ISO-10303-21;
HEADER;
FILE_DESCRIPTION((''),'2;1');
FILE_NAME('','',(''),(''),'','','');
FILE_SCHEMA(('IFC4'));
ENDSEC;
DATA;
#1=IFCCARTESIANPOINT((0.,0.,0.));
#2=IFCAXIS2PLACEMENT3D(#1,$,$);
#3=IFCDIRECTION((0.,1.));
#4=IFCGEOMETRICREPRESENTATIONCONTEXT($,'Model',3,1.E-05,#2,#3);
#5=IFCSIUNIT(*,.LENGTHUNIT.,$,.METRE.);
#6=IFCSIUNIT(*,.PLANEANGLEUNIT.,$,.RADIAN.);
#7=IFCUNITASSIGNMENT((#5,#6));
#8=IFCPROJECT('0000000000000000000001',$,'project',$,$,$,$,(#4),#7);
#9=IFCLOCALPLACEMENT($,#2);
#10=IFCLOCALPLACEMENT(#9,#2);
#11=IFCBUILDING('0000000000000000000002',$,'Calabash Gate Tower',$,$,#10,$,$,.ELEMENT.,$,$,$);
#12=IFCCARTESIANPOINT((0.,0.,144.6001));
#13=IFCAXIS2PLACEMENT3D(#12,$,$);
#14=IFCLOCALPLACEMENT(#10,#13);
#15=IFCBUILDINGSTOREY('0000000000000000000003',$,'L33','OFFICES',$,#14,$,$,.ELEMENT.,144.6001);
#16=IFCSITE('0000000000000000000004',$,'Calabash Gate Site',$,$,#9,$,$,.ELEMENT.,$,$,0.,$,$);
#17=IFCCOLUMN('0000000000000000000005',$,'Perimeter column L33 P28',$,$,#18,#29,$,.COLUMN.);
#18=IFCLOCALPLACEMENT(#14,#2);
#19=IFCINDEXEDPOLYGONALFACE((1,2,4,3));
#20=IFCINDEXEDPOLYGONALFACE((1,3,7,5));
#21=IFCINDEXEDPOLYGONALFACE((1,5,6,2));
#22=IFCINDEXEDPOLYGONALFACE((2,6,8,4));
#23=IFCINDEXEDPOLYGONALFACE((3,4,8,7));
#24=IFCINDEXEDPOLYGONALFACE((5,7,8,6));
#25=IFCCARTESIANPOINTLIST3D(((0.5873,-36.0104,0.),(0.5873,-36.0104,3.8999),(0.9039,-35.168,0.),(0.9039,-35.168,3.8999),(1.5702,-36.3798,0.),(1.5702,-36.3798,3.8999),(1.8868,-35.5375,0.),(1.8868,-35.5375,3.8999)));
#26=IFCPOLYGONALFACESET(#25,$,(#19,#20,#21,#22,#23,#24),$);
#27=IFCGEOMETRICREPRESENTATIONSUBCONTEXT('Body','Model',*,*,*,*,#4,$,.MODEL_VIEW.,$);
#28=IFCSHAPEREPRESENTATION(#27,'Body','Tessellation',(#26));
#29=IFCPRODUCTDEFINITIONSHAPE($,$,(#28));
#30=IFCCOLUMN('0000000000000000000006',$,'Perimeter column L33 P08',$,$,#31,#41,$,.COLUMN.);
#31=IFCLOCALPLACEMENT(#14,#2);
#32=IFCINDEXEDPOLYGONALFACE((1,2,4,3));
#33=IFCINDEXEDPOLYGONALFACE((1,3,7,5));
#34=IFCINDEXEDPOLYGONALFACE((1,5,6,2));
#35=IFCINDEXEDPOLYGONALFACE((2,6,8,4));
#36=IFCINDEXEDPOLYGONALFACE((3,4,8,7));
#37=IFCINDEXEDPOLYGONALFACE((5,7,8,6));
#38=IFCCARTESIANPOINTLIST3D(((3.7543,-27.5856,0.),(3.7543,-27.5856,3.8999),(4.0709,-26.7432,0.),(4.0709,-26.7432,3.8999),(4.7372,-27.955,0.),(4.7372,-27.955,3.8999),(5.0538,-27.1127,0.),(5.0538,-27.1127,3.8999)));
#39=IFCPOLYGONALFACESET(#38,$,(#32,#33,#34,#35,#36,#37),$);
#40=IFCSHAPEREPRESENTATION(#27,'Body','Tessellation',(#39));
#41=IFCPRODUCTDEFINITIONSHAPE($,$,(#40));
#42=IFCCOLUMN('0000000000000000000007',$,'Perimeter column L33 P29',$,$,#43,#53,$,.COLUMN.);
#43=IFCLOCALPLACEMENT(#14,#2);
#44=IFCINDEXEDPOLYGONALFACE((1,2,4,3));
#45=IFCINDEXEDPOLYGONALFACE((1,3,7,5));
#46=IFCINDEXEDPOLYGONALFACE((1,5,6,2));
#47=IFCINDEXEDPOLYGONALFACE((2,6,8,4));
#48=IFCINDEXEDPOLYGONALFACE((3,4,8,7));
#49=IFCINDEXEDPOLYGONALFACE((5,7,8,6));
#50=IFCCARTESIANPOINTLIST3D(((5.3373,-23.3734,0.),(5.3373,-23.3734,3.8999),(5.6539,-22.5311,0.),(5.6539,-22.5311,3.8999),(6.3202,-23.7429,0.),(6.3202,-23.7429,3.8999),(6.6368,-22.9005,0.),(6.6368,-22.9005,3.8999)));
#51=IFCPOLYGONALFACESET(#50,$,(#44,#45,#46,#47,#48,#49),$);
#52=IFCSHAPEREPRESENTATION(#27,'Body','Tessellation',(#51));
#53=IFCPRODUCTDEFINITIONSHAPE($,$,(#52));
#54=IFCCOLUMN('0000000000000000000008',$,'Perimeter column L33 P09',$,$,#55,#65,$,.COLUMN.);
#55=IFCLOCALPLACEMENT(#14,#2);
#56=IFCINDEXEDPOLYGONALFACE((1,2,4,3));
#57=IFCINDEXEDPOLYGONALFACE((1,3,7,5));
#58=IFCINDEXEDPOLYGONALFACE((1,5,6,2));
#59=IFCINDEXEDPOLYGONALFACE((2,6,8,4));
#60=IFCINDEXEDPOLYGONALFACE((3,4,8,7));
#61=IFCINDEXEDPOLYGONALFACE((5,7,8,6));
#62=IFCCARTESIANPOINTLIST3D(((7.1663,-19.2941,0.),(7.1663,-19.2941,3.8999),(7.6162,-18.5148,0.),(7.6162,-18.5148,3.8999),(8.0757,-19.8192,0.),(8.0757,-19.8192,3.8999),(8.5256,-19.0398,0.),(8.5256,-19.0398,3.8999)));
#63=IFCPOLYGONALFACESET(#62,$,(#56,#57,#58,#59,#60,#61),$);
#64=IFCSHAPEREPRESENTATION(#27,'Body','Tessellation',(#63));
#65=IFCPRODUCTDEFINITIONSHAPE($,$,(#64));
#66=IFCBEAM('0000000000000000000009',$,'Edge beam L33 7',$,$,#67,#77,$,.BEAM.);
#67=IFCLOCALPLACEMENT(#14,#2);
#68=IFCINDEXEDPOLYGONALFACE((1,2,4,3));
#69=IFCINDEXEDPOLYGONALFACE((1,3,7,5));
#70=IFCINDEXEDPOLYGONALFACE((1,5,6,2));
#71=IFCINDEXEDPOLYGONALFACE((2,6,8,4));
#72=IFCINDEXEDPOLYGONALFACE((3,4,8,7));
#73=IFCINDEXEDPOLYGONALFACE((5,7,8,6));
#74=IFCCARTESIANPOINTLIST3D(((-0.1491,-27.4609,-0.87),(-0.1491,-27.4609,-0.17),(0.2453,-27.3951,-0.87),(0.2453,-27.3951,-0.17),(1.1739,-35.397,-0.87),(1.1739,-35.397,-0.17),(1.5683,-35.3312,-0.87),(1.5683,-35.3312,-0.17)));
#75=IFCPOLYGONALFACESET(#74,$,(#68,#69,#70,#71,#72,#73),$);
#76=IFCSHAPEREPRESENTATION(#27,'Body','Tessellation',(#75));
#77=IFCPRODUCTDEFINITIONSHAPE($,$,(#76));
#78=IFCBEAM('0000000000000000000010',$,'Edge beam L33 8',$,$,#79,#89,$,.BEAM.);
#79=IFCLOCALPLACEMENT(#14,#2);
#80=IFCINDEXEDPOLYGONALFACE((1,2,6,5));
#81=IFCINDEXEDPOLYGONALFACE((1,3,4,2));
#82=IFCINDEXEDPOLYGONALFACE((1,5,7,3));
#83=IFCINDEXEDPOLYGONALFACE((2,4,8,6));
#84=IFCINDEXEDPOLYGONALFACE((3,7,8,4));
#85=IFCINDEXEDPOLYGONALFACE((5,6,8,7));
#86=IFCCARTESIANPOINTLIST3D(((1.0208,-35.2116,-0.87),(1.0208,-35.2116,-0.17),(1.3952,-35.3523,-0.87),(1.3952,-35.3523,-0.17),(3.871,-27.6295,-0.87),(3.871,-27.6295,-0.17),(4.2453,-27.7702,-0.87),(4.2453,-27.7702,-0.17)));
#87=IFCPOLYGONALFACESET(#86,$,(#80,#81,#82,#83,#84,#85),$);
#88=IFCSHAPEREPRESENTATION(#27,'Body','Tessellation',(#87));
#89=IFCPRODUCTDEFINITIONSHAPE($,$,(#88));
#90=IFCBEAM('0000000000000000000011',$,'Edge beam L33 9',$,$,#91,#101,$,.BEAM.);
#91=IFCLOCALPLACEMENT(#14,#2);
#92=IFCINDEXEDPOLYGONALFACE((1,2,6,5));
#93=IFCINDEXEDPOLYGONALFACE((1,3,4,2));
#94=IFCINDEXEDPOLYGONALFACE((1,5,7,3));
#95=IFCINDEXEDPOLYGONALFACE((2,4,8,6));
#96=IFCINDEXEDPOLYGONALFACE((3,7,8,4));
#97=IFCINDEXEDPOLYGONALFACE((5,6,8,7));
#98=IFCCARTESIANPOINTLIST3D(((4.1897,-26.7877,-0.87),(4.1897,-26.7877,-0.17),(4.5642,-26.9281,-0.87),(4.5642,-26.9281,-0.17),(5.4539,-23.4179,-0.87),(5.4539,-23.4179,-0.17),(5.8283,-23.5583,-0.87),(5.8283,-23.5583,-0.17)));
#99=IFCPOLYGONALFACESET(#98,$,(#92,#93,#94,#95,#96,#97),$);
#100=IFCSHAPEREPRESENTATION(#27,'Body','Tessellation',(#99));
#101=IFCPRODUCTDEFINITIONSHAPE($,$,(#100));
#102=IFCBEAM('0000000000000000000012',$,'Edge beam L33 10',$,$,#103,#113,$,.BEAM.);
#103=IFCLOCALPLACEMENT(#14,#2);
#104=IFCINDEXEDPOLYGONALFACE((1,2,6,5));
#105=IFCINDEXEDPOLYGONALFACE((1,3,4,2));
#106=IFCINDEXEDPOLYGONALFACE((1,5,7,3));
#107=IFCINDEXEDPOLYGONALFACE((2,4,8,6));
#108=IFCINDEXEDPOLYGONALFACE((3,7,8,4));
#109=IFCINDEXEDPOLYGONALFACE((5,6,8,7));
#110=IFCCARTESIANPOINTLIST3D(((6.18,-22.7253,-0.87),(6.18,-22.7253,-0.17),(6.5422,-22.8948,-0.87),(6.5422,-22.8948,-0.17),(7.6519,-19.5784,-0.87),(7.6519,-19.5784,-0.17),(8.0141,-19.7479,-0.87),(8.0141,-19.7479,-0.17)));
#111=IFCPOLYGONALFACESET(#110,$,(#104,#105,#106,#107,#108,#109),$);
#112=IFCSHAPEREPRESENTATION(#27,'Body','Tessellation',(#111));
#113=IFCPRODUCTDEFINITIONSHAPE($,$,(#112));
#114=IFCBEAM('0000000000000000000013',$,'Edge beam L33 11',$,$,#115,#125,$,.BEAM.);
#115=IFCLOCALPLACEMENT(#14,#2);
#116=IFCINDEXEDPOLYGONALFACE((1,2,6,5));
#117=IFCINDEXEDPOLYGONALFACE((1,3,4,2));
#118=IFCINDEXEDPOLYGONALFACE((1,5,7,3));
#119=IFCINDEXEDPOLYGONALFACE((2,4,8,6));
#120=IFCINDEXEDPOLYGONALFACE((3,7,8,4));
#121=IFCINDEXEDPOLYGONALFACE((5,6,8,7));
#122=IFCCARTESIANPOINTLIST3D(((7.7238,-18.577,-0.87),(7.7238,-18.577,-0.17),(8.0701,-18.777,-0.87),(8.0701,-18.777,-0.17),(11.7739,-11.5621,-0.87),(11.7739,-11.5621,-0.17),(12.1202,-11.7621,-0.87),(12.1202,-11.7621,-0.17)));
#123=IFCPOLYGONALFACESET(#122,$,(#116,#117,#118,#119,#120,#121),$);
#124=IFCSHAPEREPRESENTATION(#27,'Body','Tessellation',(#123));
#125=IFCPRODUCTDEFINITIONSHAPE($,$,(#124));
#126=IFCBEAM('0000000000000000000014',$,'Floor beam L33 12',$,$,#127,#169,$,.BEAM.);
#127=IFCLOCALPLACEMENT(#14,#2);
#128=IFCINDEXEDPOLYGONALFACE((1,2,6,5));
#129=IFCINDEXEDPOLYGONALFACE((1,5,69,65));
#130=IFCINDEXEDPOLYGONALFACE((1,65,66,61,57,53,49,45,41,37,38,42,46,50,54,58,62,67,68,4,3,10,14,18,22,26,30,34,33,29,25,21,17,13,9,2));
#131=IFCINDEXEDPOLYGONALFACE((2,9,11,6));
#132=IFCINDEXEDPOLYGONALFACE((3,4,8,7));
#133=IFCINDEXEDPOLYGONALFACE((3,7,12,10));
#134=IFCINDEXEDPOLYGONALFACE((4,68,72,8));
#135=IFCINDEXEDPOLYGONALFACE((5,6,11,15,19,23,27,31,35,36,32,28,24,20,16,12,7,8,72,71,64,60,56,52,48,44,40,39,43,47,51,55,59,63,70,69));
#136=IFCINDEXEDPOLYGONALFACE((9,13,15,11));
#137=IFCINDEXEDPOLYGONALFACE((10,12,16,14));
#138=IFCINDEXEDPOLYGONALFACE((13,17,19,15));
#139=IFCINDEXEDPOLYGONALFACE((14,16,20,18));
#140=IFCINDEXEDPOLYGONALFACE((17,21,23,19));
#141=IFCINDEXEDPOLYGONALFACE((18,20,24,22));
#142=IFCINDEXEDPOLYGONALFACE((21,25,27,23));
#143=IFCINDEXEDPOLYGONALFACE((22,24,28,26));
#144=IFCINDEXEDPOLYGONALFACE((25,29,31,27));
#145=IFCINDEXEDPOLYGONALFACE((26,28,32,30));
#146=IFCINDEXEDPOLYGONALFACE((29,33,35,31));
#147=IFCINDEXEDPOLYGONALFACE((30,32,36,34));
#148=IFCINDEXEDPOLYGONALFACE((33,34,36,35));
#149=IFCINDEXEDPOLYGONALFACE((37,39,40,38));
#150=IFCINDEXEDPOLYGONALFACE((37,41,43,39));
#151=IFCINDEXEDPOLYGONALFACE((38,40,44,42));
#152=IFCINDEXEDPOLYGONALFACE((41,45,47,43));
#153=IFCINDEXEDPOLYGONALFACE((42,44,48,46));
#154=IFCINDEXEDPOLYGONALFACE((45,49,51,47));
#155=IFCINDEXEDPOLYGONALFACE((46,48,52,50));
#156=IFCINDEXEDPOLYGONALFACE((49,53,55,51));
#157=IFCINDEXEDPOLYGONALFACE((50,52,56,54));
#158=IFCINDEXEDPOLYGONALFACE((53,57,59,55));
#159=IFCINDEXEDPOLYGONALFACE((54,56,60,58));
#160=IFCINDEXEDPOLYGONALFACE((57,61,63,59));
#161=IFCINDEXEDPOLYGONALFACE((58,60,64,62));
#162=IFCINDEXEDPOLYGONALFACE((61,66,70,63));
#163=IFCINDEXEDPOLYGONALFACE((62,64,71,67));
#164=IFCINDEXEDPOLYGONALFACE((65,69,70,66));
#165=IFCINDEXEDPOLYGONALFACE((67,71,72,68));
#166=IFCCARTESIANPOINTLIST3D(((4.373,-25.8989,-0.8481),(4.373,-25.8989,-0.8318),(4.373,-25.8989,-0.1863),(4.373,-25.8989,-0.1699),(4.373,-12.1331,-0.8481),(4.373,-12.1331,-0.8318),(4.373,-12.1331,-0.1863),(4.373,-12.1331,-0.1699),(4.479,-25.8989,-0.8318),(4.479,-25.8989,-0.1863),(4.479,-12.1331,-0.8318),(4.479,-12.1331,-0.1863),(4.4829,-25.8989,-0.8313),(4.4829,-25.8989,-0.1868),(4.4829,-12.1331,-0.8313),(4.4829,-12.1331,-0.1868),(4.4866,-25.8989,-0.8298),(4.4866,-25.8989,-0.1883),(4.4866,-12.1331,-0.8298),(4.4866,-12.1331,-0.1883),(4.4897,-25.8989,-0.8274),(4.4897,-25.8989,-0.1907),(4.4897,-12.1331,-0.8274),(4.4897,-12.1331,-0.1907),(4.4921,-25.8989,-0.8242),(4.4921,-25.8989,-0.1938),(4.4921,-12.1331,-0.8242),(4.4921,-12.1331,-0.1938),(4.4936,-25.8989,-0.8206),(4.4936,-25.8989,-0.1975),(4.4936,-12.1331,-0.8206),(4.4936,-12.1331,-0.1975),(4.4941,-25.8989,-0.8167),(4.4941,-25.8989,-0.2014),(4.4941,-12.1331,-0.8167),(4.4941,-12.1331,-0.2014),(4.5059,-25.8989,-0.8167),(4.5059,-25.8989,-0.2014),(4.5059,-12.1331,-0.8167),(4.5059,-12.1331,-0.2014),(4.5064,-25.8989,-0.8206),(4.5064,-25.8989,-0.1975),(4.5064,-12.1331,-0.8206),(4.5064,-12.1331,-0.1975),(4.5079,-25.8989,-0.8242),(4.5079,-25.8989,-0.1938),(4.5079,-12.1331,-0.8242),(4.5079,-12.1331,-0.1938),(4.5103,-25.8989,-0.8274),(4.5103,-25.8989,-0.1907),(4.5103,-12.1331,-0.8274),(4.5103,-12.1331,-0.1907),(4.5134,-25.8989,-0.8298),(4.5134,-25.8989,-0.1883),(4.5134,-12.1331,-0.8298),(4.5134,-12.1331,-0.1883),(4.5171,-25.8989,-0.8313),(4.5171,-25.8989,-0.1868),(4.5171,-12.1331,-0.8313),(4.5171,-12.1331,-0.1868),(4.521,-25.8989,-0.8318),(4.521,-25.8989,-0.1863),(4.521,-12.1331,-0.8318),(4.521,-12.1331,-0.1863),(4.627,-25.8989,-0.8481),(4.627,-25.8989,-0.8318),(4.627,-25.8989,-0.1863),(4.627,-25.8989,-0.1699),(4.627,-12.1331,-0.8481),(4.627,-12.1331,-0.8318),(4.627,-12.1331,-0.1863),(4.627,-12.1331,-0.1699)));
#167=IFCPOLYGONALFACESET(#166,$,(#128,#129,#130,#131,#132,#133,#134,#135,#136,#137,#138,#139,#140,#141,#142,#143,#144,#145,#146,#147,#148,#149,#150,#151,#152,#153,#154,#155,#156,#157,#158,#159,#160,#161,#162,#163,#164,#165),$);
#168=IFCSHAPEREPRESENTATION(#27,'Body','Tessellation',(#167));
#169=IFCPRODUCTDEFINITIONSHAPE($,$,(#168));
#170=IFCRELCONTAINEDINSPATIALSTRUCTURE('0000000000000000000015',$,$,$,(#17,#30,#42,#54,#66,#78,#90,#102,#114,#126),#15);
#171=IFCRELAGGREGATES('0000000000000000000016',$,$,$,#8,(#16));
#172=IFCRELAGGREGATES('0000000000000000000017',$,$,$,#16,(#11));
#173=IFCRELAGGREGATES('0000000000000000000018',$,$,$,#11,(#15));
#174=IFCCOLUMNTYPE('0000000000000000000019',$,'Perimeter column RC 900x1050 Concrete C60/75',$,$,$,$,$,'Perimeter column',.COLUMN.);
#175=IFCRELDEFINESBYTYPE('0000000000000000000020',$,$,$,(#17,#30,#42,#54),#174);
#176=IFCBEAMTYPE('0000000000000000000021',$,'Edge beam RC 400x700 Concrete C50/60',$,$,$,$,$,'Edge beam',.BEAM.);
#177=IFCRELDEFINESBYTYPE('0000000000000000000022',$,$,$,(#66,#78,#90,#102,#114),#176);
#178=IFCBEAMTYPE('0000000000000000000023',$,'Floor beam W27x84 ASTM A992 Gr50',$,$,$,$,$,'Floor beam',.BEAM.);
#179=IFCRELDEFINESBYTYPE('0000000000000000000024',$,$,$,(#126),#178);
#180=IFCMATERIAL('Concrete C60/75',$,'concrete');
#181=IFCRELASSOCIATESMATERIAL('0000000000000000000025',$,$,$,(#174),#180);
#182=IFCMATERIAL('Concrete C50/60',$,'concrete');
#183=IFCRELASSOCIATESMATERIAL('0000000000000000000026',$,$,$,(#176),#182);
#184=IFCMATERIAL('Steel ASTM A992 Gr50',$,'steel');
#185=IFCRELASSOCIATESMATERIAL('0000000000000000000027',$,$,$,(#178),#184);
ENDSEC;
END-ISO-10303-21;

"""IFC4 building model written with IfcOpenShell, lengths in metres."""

from ifc_helpers import new_model, si_unit, direction, frame, origin, origin_2d, place, context, subcontext, project, spatial, rectangle, i_section, extrude, material, material_profile, profile_set, type_object, element, save


model = new_model("IFC4")

# Units and contexts
model_context = context("Model", 3, precision=1e-05, world=origin(), true_north=direction((0.0, 1.0)))
body_context = subcontext(model_context, "Body", "Model", "MODEL_VIEW")
ifc_project = project(units=[si_unit("LENGTHUNIT", "METRE"), si_unit("PLANEANGLEUNIT", "RADIAN")], contexts=[model_context])

# Site, building, storey
site_placement = place(None, origin())
site = spatial("IfcSite", under=ifc_project, at=site_placement, Name="Calabash Gate Site", CompositionType="ELEMENT", RefElevation=0.0)
building_placement = place(site_placement, origin())
building = spatial("IfcBuilding", under=site, at=building_placement, Name="Calabash Gate Tower", CompositionType="ELEMENT")
storey_placement = place(building_placement, frame((0.0, 0.0, 144.6001)))
storey = spatial("IfcBuildingStorey", under=building, at=storey_placement, Name="L33", Description="OFFICES", CompositionType="ELEMENT", Elevation=144.6001)

# Columns
ifc_material_1 = material(Name="Concrete C60/75", Category="concrete")
ifc_material_profile_1 = material_profile(ifc_material_1, rectangle(XDim=0.8999, YDim=1.05, at=origin_2d()))
ifc_profile_set_1 = profile_set([ifc_material_profile_1], Name="Concrete C60/75")
column_type = type_object("IfcColumnType", Name="Perimeter column RC 900x1050 Concrete C60/75", ElementType="Perimeter column", PredefinedType="COLUMN", material=ifc_profile_set_1)
for number, where, z_axis, x_axis, name in (
    (1, (1.2371, -35.7739, 0.0), (0.0, 0.0, 1.0), (0.351823, 0.936067, 0.0), "Perimeter column L33 P28"),
    (2, (4.4041, -27.3491, 0.0), (0.0, 0.0, 1.0), (0.351823, 0.936067, 0.0), "Perimeter column L33 P08"),
    (3, (5.9871, -23.137, 0.0), (0.0, 0.0, 1.0), (0.351823, 0.936067, 0.0), "Perimeter column L33 P29"),
    (4, (7.8459, -19.167, 0.0), (0.0, 0.0, 1.0), (0.5, 0.866025, 0.0), "Perimeter column L33 P09"),
):
    element("IfcColumn", number, at=place(storey_placement, frame(where, z_axis=z_axis, x_axis=x_axis)), inside=storey, type_object=column_type, Name=name, PredefinedType="COLUMN", context=body_context, shape_type="SweptSolid", body=[
        extrude(rectangle(XDim=0.8999, YDim=1.05, at=origin_2d()), origin(), (0.0, 0.0, 1.0), 3.8999),
    ])

# Beams
ifc_material_2 = material(Name="Concrete C50/60", Category="concrete")
ifc_material_profile_2 = material_profile(ifc_material_2, rectangle(XDim=0.3999, YDim=0.7, at=origin_2d()))
ifc_profile_set_2 = profile_set([ifc_material_profile_2], Name="Concrete C50/60")
beam_type_1 = type_object("IfcBeamType", Name="Edge beam RC 400x700 Concrete C50/60", ElementType="Edge beam", PredefinedType="BEAM", material=ifc_profile_set_2)
beam_1_placement = place(storey_placement, frame((0.0481, -27.428, -0.52), z_axis=(0.164438, -0.986387, 0.0), x_axis=(0.986387, 0.164438, 0.0)))
element("IfcBeam", 5, at=beam_1_placement, inside=storey, type_object=beam_type_1, Name="Edge beam L33 7", PredefinedType="BEAM", context=body_context, shape_type="SweptSolid", body=[
    extrude(rectangle(XDim=0.3999, YDim=0.7, at=origin_2d()), origin(), (0.0, 0.0, 1.0), 8.0457),
])
beam_2_placement = place(storey_placement, frame((1.208, -35.282, -0.52), z_axis=(0.351863, 0.936051, 0.0), x_axis=(-0.936051, 0.351863, 0.0)))
element("IfcBeam", 6, at=beam_2_placement, inside=storey, type_object=beam_type_1, Name="Edge beam L33 8", PredefinedType="BEAM", context=body_context, shape_type="SweptSolid", body=[
    extrude(rectangle(XDim=0.3999, YDim=0.7, at=origin_2d()), origin(), (0.0, 0.0, 1.0), 8.1001),
])
beam_3_placement = place(storey_placement, frame((4.377, -26.8579, -0.52), z_axis=(0.351235, 0.936287, 0.0), x_axis=(-0.936287, 0.351235, 0.0)))
element("IfcBeam", 7, at=beam_3_placement, inside=storey, type_object=beam_type_1, Name="Edge beam L33 9", PredefinedType="BEAM", context=body_context, shape_type="SweptSolid", body=[
    extrude(rectangle(XDim=0.3999, YDim=0.7, at=origin_2d()), origin(), (0.0, 0.0, 1.0), 3.5991),
])
beam_4_placement = place(storey_placement, frame((6.3611, -22.8101, -0.52), z_axis=(0.423674, 0.905815, 0.0), x_axis=(-0.905815, 0.423674, 0.0)))
element("IfcBeam", 8, at=beam_4_placement, inside=storey, type_object=beam_type_1, Name="Edge beam L33 10", PredefinedType="BEAM", context=body_context, shape_type="SweptSolid", body=[
    extrude(rectangle(XDim=0.3999, YDim=0.7, at=origin_2d()), origin(), (0.0, 0.0, 1.0), 3.4741),
])
beam_5_placement = place(storey_placement, frame((7.897, -18.677, -0.52), z_axis=(0.5, 0.866025, 0.0), x_axis=(-0.866025, 0.5, 0.0)))
element("IfcBeam", 9, at=beam_5_placement, inside=storey, type_object=beam_type_1, Name="Edge beam L33 11", PredefinedType="BEAM", context=body_context, shape_type="SweptSolid", body=[
    extrude(rectangle(XDim=0.3999, YDim=0.7, at=origin_2d()), origin(), (0.0, 0.0, 1.0), 8.1001),
])
ifc_material_3 = material(Name="Steel ASTM A992 Gr50", Category="steel")
ifc_material_profile_3 = material_profile(ifc_material_3, i_section(OverallWidth=0.2539, OverallDepth=0.6782, WebThickness=0.0117, FlangeThickness=0.0164, FilletRadius=0.0151, at=origin_2d()))
ifc_profile_set_3 = profile_set([ifc_material_profile_3], Name="Steel ASTM A992 Gr50")
beam_type_2 = type_object("IfcBeamType", Name="Floor beam W27x84 ASTM A992 Gr50", ElementType="Floor beam", PredefinedType="BEAM", material=ifc_profile_set_3)
beam_6_placement = place(storey_placement, frame((4.5, -25.8989, -0.509), z_axis=(0.0, 1.0, 0.0), x_axis=(-1.0, 0.0, 0.0)))
element("IfcBeam", 10, at=beam_6_placement, inside=storey, type_object=beam_type_2, Name="Floor beam L33 12", PredefinedType="BEAM", context=body_context, shape_type="SweptSolid", body=[
    extrude(i_section(OverallWidth=0.2539, OverallDepth=0.6782, WebThickness=0.0117, FlangeThickness=0.0164, FilletRadius=0.0151, at=origin_2d()), origin(), (0.0, 0.0, 1.0), 13.7659),
])

save(model, "model.ifc")
